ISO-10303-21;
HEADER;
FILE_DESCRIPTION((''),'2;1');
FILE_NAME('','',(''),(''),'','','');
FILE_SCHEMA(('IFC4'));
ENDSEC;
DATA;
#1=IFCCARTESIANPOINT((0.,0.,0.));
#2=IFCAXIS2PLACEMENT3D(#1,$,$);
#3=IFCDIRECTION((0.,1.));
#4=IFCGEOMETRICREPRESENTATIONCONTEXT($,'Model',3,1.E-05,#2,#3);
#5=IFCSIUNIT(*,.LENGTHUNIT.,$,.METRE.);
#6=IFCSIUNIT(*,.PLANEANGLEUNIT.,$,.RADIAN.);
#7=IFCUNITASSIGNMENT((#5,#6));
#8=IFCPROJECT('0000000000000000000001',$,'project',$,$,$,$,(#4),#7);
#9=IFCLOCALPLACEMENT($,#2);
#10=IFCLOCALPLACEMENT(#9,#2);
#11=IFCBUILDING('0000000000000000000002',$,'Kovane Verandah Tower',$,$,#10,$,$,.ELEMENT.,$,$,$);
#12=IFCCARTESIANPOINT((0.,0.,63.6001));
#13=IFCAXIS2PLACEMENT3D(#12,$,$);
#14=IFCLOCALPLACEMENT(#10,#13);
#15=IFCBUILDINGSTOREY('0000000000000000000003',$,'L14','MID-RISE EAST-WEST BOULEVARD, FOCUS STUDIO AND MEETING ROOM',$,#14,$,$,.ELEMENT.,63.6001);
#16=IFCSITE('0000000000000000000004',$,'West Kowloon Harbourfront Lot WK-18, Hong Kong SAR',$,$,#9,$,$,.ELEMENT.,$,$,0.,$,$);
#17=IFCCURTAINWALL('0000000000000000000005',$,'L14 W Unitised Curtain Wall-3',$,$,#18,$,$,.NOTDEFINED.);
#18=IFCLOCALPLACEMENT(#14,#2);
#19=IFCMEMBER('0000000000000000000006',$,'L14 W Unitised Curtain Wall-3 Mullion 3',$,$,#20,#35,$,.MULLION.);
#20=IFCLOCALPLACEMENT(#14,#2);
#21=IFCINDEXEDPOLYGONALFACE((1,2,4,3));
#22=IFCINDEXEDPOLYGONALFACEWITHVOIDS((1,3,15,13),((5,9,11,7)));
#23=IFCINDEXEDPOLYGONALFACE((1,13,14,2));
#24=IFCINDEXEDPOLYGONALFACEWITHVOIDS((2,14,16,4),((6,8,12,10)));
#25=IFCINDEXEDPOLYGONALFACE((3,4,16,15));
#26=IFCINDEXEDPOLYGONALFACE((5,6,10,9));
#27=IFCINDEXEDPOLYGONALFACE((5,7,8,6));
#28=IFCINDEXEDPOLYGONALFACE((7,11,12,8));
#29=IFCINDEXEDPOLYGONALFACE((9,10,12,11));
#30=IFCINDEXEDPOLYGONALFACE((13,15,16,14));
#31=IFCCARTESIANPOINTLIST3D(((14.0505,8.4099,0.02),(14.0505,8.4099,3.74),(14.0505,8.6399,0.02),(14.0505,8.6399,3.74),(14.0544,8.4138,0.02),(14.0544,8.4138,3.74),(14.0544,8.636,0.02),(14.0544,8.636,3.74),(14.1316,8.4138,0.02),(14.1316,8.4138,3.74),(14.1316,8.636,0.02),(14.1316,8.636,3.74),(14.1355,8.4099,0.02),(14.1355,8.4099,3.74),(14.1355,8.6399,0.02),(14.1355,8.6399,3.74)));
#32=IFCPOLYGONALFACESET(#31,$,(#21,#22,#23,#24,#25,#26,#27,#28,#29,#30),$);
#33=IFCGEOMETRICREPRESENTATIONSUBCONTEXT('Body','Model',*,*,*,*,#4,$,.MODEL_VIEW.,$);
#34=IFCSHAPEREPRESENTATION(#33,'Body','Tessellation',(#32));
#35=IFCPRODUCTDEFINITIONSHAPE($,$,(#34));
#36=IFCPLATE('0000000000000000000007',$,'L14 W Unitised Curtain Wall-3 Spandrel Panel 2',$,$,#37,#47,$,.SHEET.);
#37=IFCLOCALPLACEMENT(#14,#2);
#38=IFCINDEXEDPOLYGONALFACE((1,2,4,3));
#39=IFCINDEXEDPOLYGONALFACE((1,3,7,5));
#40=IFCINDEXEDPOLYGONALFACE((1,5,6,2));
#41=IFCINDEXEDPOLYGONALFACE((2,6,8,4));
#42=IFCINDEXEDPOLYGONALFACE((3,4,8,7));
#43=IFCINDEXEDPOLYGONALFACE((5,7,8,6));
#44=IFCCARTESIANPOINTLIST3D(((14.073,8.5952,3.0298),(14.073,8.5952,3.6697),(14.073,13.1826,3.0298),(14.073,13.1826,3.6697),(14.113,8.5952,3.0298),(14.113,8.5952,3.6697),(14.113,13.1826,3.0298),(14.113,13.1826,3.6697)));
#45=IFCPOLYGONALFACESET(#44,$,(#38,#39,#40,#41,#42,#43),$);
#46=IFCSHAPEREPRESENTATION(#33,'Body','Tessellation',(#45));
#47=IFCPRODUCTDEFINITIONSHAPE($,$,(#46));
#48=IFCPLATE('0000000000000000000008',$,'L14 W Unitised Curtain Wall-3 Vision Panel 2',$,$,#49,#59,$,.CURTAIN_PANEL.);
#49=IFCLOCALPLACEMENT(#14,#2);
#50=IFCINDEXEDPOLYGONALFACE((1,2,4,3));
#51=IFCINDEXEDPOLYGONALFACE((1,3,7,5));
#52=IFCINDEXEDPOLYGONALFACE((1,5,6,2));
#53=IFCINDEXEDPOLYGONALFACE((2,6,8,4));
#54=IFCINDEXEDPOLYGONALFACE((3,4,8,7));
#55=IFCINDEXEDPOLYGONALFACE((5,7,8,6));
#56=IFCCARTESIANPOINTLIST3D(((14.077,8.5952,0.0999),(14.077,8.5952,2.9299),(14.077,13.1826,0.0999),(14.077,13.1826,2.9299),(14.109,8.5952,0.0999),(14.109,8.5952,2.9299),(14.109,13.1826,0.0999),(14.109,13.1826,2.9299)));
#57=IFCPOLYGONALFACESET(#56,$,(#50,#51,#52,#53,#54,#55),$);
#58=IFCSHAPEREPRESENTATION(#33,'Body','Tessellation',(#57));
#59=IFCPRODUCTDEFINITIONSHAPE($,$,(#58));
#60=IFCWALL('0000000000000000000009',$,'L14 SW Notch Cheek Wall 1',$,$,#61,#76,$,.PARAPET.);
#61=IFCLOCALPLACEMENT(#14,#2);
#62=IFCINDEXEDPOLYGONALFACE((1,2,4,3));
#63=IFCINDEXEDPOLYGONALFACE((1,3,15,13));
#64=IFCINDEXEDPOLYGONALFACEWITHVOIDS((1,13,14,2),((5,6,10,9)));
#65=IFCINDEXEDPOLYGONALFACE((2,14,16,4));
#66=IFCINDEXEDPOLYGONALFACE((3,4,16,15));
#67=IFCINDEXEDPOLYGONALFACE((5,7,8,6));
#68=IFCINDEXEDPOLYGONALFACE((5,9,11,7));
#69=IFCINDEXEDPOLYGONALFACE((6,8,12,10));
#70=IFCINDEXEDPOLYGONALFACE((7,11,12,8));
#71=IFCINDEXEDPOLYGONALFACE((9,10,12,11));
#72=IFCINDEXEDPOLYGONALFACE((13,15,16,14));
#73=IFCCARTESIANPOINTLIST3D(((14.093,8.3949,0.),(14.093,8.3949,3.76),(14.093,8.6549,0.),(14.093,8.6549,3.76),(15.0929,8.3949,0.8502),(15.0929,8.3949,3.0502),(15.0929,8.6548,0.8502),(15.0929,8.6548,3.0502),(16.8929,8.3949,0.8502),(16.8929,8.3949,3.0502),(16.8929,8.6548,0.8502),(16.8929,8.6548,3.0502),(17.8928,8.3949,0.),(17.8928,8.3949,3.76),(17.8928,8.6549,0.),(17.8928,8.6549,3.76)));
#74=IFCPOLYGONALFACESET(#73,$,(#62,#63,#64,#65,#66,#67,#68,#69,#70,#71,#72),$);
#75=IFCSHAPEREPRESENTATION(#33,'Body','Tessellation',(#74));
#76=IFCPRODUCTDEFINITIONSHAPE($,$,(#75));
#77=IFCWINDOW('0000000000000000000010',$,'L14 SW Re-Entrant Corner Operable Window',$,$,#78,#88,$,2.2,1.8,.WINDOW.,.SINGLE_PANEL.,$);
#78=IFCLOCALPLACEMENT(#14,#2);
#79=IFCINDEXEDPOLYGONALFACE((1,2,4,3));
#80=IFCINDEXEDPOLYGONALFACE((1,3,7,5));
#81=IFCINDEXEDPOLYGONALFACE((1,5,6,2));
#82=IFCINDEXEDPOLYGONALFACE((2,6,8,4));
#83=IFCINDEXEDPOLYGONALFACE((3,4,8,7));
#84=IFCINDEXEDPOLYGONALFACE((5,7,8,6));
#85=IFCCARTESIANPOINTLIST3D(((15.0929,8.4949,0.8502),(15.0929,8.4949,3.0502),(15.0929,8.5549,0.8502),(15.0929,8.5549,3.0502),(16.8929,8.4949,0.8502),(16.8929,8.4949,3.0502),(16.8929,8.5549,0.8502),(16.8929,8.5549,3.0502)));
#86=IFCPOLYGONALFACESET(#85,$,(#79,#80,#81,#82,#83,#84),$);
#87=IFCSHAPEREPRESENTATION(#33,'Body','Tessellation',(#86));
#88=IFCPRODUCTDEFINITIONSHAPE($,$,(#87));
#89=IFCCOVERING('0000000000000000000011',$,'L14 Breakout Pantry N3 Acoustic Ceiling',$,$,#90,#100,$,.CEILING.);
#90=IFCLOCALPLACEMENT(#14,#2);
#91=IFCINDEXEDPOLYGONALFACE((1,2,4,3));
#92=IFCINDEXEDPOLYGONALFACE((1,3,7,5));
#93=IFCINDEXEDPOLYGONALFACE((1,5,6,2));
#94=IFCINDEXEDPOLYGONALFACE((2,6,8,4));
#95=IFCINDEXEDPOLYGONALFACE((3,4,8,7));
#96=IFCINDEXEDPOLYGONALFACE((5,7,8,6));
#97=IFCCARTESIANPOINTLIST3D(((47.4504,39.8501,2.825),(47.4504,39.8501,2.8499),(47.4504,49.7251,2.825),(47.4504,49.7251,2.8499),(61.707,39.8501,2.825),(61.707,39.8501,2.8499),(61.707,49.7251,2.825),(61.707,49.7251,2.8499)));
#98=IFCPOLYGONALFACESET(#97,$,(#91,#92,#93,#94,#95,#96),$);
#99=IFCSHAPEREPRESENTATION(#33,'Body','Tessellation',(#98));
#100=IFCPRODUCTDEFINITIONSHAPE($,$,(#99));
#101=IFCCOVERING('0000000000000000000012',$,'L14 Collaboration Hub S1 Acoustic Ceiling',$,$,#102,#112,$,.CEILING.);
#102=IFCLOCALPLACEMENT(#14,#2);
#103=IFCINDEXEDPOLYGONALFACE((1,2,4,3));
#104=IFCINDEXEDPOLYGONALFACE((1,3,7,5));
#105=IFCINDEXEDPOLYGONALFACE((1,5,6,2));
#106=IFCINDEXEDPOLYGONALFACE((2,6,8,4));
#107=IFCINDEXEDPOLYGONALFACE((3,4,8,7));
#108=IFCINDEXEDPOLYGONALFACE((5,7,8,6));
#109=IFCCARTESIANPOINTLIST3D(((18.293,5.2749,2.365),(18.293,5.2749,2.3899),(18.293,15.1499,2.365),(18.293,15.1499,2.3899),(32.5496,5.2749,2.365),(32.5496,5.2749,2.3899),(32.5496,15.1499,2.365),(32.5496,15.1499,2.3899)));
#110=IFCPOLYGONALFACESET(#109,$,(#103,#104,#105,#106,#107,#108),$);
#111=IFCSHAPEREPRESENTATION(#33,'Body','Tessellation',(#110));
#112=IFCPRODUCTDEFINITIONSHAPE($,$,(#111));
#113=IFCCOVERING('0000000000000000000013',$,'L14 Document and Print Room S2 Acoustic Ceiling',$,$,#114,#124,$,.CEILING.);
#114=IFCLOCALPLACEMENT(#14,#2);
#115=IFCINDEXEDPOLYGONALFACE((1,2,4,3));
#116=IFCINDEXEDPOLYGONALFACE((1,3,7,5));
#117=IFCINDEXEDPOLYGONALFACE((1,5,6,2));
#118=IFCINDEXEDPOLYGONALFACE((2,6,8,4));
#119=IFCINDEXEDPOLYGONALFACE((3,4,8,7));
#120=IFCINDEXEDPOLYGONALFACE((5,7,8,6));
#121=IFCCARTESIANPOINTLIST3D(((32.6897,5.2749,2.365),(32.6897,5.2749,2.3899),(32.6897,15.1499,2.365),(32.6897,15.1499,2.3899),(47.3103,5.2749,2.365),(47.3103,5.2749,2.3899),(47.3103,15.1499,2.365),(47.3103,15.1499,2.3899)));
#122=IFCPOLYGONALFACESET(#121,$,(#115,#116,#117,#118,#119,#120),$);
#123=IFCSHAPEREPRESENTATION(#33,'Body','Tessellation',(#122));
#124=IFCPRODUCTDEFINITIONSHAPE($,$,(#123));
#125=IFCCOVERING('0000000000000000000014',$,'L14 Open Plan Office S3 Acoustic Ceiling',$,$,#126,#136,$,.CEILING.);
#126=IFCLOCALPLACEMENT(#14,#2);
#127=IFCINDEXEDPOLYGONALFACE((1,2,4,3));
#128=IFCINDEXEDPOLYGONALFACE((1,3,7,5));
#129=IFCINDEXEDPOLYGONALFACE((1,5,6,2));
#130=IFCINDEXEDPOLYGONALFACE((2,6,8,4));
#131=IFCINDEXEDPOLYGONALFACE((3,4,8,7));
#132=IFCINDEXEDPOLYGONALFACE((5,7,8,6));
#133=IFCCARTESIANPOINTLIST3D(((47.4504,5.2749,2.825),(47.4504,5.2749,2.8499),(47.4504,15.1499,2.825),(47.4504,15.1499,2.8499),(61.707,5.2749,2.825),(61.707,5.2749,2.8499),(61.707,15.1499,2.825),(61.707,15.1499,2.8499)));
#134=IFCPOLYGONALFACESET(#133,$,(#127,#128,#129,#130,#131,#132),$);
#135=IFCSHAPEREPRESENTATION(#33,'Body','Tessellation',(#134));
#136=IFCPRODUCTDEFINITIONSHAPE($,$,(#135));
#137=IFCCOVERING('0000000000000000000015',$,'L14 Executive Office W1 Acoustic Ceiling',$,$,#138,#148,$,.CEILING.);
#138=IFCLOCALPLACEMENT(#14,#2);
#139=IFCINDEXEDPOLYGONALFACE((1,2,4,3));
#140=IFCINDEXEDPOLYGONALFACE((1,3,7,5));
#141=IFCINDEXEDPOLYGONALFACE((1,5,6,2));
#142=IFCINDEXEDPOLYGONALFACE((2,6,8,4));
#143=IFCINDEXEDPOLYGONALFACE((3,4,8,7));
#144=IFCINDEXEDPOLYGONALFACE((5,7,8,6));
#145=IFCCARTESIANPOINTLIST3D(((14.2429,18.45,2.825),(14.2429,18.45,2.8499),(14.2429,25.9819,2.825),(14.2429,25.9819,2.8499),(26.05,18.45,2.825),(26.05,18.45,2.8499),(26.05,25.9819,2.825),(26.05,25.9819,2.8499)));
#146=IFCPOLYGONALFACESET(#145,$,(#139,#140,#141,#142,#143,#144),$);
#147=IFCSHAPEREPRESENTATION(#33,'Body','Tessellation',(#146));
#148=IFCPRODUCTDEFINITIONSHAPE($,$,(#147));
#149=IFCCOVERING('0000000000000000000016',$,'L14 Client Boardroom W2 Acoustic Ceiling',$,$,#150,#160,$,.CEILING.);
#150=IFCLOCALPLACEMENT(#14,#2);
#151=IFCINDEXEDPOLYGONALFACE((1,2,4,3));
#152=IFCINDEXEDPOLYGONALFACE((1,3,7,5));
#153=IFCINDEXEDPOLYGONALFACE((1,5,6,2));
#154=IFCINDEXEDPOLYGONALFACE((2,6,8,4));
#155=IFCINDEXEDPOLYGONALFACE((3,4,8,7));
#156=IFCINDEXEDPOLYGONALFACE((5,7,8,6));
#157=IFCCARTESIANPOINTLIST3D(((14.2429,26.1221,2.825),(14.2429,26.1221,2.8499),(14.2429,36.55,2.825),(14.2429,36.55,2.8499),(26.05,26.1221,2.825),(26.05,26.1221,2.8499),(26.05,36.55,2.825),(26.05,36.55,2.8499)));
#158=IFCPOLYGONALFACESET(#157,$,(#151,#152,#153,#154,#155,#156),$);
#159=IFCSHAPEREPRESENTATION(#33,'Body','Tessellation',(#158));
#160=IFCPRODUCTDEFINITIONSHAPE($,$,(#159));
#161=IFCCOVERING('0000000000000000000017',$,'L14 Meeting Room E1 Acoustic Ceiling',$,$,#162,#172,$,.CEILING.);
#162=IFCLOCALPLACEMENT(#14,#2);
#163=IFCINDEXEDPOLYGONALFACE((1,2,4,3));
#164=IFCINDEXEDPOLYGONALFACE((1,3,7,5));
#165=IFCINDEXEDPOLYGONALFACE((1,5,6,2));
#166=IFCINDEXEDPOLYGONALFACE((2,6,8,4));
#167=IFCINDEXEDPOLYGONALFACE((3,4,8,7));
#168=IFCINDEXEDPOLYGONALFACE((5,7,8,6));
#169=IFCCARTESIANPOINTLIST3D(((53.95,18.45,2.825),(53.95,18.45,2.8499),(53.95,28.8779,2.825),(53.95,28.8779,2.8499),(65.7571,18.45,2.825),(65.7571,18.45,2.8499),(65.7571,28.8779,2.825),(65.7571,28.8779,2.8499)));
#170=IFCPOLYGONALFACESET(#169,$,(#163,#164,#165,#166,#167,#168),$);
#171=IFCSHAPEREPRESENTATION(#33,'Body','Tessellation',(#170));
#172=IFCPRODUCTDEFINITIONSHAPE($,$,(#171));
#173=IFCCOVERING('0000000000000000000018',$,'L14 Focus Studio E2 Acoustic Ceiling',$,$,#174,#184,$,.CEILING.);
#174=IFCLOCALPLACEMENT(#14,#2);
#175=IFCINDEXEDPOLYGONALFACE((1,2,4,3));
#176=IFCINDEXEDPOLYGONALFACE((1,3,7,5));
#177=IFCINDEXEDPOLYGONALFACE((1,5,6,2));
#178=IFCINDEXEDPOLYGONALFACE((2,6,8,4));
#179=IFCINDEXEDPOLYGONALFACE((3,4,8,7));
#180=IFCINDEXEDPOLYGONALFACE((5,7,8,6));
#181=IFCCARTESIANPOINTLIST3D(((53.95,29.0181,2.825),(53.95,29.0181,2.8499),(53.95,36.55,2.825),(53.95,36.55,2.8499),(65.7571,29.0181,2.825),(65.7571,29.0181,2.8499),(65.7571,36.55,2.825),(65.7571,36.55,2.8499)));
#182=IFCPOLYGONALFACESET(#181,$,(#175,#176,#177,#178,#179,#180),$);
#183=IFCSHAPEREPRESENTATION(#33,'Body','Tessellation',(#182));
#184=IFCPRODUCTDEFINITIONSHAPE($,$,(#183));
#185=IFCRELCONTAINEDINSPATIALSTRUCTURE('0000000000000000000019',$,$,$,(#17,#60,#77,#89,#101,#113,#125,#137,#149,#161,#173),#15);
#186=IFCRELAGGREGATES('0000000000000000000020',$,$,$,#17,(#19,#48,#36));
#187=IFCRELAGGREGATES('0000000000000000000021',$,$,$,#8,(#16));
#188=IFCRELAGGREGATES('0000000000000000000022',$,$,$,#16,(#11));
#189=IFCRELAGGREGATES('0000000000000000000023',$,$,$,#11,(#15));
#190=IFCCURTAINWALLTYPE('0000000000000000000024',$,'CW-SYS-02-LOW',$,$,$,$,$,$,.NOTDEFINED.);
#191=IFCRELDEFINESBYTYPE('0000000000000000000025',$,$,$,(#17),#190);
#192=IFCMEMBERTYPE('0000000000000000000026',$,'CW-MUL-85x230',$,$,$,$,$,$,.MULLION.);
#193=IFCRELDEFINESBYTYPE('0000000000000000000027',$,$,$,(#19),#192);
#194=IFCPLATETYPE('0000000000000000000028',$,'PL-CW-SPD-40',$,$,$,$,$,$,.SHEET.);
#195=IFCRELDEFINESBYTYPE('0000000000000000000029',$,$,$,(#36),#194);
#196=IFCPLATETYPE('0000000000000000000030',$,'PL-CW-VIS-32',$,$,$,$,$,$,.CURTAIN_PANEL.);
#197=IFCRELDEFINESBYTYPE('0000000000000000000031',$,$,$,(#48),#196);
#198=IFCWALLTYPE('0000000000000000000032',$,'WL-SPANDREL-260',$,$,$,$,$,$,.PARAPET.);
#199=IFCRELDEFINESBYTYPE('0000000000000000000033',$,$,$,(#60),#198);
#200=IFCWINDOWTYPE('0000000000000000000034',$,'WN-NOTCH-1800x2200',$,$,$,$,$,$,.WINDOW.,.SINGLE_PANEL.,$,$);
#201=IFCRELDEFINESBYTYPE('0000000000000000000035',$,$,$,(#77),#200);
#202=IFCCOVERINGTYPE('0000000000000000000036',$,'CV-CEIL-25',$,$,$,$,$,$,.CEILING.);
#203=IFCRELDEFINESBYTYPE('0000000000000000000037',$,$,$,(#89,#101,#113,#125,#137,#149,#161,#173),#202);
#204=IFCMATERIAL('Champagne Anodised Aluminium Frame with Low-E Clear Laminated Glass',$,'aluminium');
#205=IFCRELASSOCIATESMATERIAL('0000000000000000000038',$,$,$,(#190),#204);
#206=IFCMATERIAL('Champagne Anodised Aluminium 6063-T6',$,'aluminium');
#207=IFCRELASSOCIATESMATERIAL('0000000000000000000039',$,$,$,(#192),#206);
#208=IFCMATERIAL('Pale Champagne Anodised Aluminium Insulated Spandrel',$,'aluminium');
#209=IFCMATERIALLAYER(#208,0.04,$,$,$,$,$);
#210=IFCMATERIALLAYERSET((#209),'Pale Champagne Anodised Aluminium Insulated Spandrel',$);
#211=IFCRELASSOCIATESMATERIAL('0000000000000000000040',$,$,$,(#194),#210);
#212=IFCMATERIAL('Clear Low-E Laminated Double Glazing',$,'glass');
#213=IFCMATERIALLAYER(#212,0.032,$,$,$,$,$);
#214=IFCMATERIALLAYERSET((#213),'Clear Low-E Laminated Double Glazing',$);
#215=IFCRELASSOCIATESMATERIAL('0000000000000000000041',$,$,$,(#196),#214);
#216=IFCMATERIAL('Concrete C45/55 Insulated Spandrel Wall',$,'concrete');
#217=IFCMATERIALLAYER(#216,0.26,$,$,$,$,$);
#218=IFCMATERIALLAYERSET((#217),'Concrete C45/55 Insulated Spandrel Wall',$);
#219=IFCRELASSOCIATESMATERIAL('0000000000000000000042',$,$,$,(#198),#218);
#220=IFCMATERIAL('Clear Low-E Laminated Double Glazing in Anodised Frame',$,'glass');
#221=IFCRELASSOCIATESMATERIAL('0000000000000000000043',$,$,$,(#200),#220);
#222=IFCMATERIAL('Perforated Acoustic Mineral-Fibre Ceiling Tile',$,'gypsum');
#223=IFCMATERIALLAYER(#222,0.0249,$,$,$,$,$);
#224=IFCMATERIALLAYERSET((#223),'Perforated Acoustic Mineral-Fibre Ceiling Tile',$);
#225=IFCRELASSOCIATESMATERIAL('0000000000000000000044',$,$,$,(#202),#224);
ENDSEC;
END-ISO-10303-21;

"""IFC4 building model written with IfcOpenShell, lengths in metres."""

from ifc_helpers import new_model, si_unit, direction, frame, frame_2d, origin, origin_2d, place, context, subcontext, project, spatial, polyline, rectangle, hollow_rectangle, outline, extrude, material, layer, layer_set, material_profile, profile_set, type_object, element, fill, aggregate, save


model = new_model("IFC4")

# Units and contexts
model_context = context("Model", 3, precision=1e-05, world=origin(), true_north=direction((0.0, 1.0)))
body_context = subcontext(model_context, "Body", "Model", "MODEL_VIEW")
ifc_project = project(units=[si_unit("LENGTHUNIT", "METRE"), si_unit("PLANEANGLEUNIT", "RADIAN")], contexts=[model_context])

# Site, building, storey
site_placement = place(None, origin())
site = spatial("IfcSite", under=ifc_project, at=site_placement, Name="West Kowloon Harbourfront Lot WK-18, Hong Kong SAR", CompositionType="ELEMENT", RefElevation=0.0)
building_placement = place(site_placement, origin())
building = spatial("IfcBuilding", under=site, at=building_placement, Name="Kovane Verandah Tower", CompositionType="ELEMENT")
storey_placement = place(building_placement, frame((0.0, 0.0, 63.6001)))
storey = spatial("IfcBuildingStorey", under=building, at=storey_placement, Name="L14", Description="MID-RISE EAST-WEST BOULEVARD, FOCUS STUDIO AND MEETING ROOM", CompositionType="ELEMENT", Elevation=63.6001)

# Curtain wall, member, plates
ifc_material_1 = material(Name="Champagne Anodised Aluminium Frame with Low-E Clear Laminated Glass", Category="aluminium")
curtain_wall_type = type_object("IfcCurtainWallType", Name="CW-SYS-02-LOW", PredefinedType="NOTDEFINED", material=ifc_material_1)
curtain_wall_placement = place(storey_placement, origin())
curtain_wall = element("IfcCurtainWall", 1, at=curtain_wall_placement, inside=storey, type_object=curtain_wall_type, Name="L14 W Unitised Curtain Wall-3", PredefinedType="NOTDEFINED")
ifc_material_2 = material(Name="Champagne Anodised Aluminium 6063-T6", Category="aluminium")
ifc_material_profile = material_profile(ifc_material_2, hollow_rectangle(XDim=0.085, YDim=0.23, WallThickness=0.0039, at=origin_2d()), Name="AL85x230x4")
ifc_profile_set = profile_set([ifc_material_profile], Name="Champagne Anodised Aluminium 6063-T6")
member_type = type_object("IfcMemberType", Name="CW-MUL-85x230", PredefinedType="MULLION", material=ifc_profile_set)
member_placement = place(storey_placement, frame((14.093, 8.5249, 0.02), z_axis=(0.0, 0.0, 1.0), x_axis=(-1.0, 0.0, 0.0)))
member = element("IfcMember", 2, at=member_placement, type_object=member_type, Name="L14 W Unitised Curtain Wall-3 Mullion 3", PredefinedType="MULLION", context=body_context, shape_type="SweptSolid", body=[
    extrude(hollow_rectangle(XDim=0.085, YDim=0.23, WallThickness=0.0039, at=origin_2d()), origin(), (0.0, 0.0, 1.0), 3.72),
])
ifc_material_3 = material(Name="Pale Champagne Anodised Aluminium Insulated Spandrel", Category="aluminium")
ifc_layer_1 = layer(ifc_material_3, 0.04)
ifc_layer_set_1 = layer_set([ifc_layer_1], Name="Pale Champagne Anodised Aluminium Insulated Spandrel")
plate_type_1 = type_object("IfcPlateType", Name="PL-CW-SPD-40", PredefinedType="SHEET", material=ifc_layer_set_1)
plate_1_placement = place(storey_placement, frame((14.093, 10.8889, 3.0298), z_axis=(0.0, 0.0, 1.0), x_axis=(0.0, -1.0, 0.0)))
plate_1 = element("IfcPlate", 3, at=plate_1_placement, type_object=plate_type_1, Name="L14 W Unitised Curtain Wall-3 Spandrel Panel 2", PredefinedType="SHEET", context=body_context, shape_type="SweptSolid", body=[
    extrude(rectangle(XDim=4.5874, YDim=0.04, at=origin_2d()), origin(), (0.0, 0.0, 1.0), 0.6399),
])
ifc_material_4 = material(Name="Clear Low-E Laminated Double Glazing", Category="glass")
ifc_layer_2 = layer(ifc_material_4, 0.032)
ifc_layer_set_2 = layer_set([ifc_layer_2], Name="Clear Low-E Laminated Double Glazing")
plate_type_2 = type_object("IfcPlateType", Name="PL-CW-VIS-32", PredefinedType="CURTAIN_PANEL", material=ifc_layer_set_2)
plate_2_placement = place(storey_placement, frame((14.093, 10.8889, 0.0999), z_axis=(0.0, 0.0, 1.0), x_axis=(0.0, -1.0, 0.0)))
plate_2 = element("IfcPlate", 4, at=plate_2_placement, type_object=plate_type_2, Name="L14 W Unitised Curtain Wall-3 Vision Panel 2", PredefinedType="CURTAIN_PANEL", context=body_context, shape_type="SweptSolid", body=[
    extrude(rectangle(XDim=4.5874, YDim=0.032, at=origin_2d()), origin(), (0.0, 0.0, 1.0), 2.8301),
])
aggregate(curtain_wall, [member, plate_2, plate_1])

# Wall, opening, window
ifc_material_5 = material(Name="Concrete C45/55 Insulated Spandrel Wall", Category="concrete")
ifc_layer_3 = layer(ifc_material_5, 0.26)
ifc_layer_set_3 = layer_set([ifc_layer_3], Name="Concrete C45/55 Insulated Spandrel Wall")
wall_type = type_object("IfcWallType", Name="WL-SPANDREL-260", PredefinedType="PARAPET", material=ifc_layer_set_3)
wall_placement = place(storey_placement, frame((14.093, 8.5249, 0.0), z_axis=(0.0, 0.0, 1.0), x_axis=(1.0, 0.0, 0.0)))
wall = element("IfcWall", 5, at=wall_placement, inside=storey, type_object=wall_type, Name="L14 SW Notch Cheek Wall 1", PredefinedType="PARAPET", context=body_context, shape_type="SweptSolid", body=[
    extrude(rectangle(XDim=3.7998, YDim=0.26, at=frame_2d((1.8999, 0.0))), origin(), (0.0, 0.0, 1.0), 3.76),
])
opening_placement = place(wall_placement, frame((1.0, 0.0, 0.8501)))
opening = element("IfcOpeningElement", 6, at=opening_placement, cuts=wall, PredefinedType="OPENING", context=body_context, shape_type="SweptSolid", body=[
    extrude(rectangle(XDim=1.8, YDim=2.2, at=frame_2d((0.8999, 1.1001))), frame((0.0, 0.1299, 0.0), z_axis=(0.0, -1.0, 0.0), x_axis=(1.0, 0.0, 0.0)), (0.0, 0.0, 1.0), 0.26),
])
ifc_material_6 = material(Name="Clear Low-E Laminated Double Glazing in Anodised Frame", Category="glass")
window_type = type_object("IfcWindowType", Name="WN-NOTCH-1800x2200", PartitioningType="SINGLE_PANEL", PredefinedType="WINDOW", material=ifc_material_6)
window_placement = place(opening_placement, origin())
window = element("IfcWindow", 7, at=window_placement, inside=storey, type_object=window_type, Name="L14 SW Re-Entrant Corner Operable Window", OverallHeight=2.2, OverallWidth=1.8, PartitioningType="SINGLE_PANEL", PredefinedType="WINDOW", context=body_context, shape_type="SweptSolid", body=[
    extrude(rectangle(XDim=1.8, YDim=2.2, at=frame_2d((0.8999, 1.1001))), frame((0.0, 0.03, 0.0), z_axis=(0.0, -1.0, 0.0), x_axis=(1.0, 0.0, 0.0)), (0.0, 0.0, 1.0), 0.0601),
])
fill(opening, window)

# Coverings
ifc_material_7 = material(Name="Perforated Acoustic Mineral-Fibre Ceiling Tile", Category="gypsum")
ifc_layer_4 = layer(ifc_material_7, 0.0249)
ifc_layer_set_4 = layer_set([ifc_layer_4], Name="Perforated Acoustic Mineral-Fibre Ceiling Tile")
covering_type_1 = type_object("IfcCoveringType", Name="CV-CEIL-25", PredefinedType="CEILING", material=ifc_layer_set_4)
covering_1_placement = place(storey_placement, frame((0.0, 0.0, 2.825)))
element("IfcCovering", 8, at=covering_1_placement, inside=storey, type_object=covering_type_1, Name="L14 Breakout Pantry N3 Acoustic Ceiling", PredefinedType="CEILING", context=body_context, shape_type="SweptSolid", body=[
    extrude(outline(polyline([(47.4504, 39.8501), (61.707, 39.8501), (61.707, 49.7251), (47.4504, 49.7251), (47.4504, 39.8501)])), origin(), (0.0, 0.0, 1.0), 0.0249),
])
covering_2_placement = place(storey_placement, frame((0.0, 0.0, 2.365)))
element("IfcCovering", 9, at=covering_2_placement, inside=storey, type_object=covering_type_1, Name="L14 Collaboration Hub S1 Acoustic Ceiling", PredefinedType="CEILING", context=body_context, shape_type="SweptSolid", body=[
    extrude(outline(polyline([(18.293, 5.2749), (32.5496, 5.2749), (32.5496, 15.1499), (18.293, 15.1499), (18.293, 5.2749)])), origin(), (0.0, 0.0, 1.0), 0.0249),
])
covering_3_placement = place(storey_placement, frame((0.0, 0.0, 2.365)))
element("IfcCovering", 10, at=covering_3_placement, inside=storey, type_object=covering_type_1, Name="L14 Document and Print Room S2 Acoustic Ceiling", PredefinedType="CEILING", context=body_context, shape_type="SweptSolid", body=[
    extrude(outline(polyline([(32.6897, 5.2749), (47.3103, 5.2749), (47.3103, 15.1499), (32.6897, 15.1499), (32.6897, 5.2749)])), origin(), (0.0, 0.0, 1.0), 0.0249),
])
covering_4_placement = place(storey_placement, frame((0.0, 0.0, 2.825)))
element("IfcCovering", 11, at=covering_4_placement, inside=storey, type_object=covering_type_1, Name="L14 Open Plan Office S3 Acoustic Ceiling", PredefinedType="CEILING", context=body_context, shape_type="SweptSolid", body=[
    extrude(outline(polyline([(47.4504, 5.2749), (61.707, 5.2749), (61.707, 15.1499), (47.4504, 15.1499), (47.4504, 5.2749)])), origin(), (0.0, 0.0, 1.0), 0.0249),
])
covering_5_placement = place(storey_placement, frame((0.0, 0.0, 2.825)))
element("IfcCovering", 12, at=covering_5_placement, inside=storey, type_object=covering_type_1, Name="L14 Executive Office W1 Acoustic Ceiling", PredefinedType="CEILING", context=body_context, shape_type="SweptSolid", body=[
    extrude(outline(polyline([(14.2429, 18.45), (26.05, 18.45), (26.05, 25.9819), (14.2429, 25.9819), (14.2429, 18.45)])), origin(), (0.0, 0.0, 1.0), 0.0249),
])
covering_6_placement = place(storey_placement, frame((0.0, 0.0, 2.825)))
element("IfcCovering", 13, at=covering_6_placement, inside=storey, type_object=covering_type_1, Name="L14 Client Boardroom W2 Acoustic Ceiling", PredefinedType="CEILING", context=body_context, shape_type="SweptSolid", body=[
    extrude(outline(polyline([(14.2429, 26.1221), (26.05, 26.1221), (26.05, 36.55), (14.2429, 36.55), (14.2429, 26.1221)])), origin(), (0.0, 0.0, 1.0), 0.0249),
])
covering_7_placement = place(storey_placement, frame((0.0, 0.0, 2.825)))
element("IfcCovering", 14, at=covering_7_placement, inside=storey, type_object=covering_type_1, Name="L14 Meeting Room E1 Acoustic Ceiling", PredefinedType="CEILING", context=body_context, shape_type="SweptSolid", body=[
    extrude(outline(polyline([(53.95, 18.45), (65.7571, 18.45), (65.7571, 28.8779), (53.95, 28.8779), (53.95, 18.45)])), origin(), (0.0, 0.0, 1.0), 0.0249),
])
covering_8_placement = place(storey_placement, frame((0.0, 0.0, 2.825)))
element("IfcCovering", 15, at=covering_8_placement, inside=storey, type_object=covering_type_1, Name="L14 Focus Studio E2 Acoustic Ceiling", PredefinedType="CEILING", context=body_context, shape_type="SweptSolid", body=[
    extrude(outline(polyline([(53.95, 29.0181), (65.7571, 29.0181), (65.7571, 36.55), (53.95, 36.55), (53.95, 29.0181)])), origin(), (0.0, 0.0, 1.0), 0.0249),
])

save(model, "model.ifc")
